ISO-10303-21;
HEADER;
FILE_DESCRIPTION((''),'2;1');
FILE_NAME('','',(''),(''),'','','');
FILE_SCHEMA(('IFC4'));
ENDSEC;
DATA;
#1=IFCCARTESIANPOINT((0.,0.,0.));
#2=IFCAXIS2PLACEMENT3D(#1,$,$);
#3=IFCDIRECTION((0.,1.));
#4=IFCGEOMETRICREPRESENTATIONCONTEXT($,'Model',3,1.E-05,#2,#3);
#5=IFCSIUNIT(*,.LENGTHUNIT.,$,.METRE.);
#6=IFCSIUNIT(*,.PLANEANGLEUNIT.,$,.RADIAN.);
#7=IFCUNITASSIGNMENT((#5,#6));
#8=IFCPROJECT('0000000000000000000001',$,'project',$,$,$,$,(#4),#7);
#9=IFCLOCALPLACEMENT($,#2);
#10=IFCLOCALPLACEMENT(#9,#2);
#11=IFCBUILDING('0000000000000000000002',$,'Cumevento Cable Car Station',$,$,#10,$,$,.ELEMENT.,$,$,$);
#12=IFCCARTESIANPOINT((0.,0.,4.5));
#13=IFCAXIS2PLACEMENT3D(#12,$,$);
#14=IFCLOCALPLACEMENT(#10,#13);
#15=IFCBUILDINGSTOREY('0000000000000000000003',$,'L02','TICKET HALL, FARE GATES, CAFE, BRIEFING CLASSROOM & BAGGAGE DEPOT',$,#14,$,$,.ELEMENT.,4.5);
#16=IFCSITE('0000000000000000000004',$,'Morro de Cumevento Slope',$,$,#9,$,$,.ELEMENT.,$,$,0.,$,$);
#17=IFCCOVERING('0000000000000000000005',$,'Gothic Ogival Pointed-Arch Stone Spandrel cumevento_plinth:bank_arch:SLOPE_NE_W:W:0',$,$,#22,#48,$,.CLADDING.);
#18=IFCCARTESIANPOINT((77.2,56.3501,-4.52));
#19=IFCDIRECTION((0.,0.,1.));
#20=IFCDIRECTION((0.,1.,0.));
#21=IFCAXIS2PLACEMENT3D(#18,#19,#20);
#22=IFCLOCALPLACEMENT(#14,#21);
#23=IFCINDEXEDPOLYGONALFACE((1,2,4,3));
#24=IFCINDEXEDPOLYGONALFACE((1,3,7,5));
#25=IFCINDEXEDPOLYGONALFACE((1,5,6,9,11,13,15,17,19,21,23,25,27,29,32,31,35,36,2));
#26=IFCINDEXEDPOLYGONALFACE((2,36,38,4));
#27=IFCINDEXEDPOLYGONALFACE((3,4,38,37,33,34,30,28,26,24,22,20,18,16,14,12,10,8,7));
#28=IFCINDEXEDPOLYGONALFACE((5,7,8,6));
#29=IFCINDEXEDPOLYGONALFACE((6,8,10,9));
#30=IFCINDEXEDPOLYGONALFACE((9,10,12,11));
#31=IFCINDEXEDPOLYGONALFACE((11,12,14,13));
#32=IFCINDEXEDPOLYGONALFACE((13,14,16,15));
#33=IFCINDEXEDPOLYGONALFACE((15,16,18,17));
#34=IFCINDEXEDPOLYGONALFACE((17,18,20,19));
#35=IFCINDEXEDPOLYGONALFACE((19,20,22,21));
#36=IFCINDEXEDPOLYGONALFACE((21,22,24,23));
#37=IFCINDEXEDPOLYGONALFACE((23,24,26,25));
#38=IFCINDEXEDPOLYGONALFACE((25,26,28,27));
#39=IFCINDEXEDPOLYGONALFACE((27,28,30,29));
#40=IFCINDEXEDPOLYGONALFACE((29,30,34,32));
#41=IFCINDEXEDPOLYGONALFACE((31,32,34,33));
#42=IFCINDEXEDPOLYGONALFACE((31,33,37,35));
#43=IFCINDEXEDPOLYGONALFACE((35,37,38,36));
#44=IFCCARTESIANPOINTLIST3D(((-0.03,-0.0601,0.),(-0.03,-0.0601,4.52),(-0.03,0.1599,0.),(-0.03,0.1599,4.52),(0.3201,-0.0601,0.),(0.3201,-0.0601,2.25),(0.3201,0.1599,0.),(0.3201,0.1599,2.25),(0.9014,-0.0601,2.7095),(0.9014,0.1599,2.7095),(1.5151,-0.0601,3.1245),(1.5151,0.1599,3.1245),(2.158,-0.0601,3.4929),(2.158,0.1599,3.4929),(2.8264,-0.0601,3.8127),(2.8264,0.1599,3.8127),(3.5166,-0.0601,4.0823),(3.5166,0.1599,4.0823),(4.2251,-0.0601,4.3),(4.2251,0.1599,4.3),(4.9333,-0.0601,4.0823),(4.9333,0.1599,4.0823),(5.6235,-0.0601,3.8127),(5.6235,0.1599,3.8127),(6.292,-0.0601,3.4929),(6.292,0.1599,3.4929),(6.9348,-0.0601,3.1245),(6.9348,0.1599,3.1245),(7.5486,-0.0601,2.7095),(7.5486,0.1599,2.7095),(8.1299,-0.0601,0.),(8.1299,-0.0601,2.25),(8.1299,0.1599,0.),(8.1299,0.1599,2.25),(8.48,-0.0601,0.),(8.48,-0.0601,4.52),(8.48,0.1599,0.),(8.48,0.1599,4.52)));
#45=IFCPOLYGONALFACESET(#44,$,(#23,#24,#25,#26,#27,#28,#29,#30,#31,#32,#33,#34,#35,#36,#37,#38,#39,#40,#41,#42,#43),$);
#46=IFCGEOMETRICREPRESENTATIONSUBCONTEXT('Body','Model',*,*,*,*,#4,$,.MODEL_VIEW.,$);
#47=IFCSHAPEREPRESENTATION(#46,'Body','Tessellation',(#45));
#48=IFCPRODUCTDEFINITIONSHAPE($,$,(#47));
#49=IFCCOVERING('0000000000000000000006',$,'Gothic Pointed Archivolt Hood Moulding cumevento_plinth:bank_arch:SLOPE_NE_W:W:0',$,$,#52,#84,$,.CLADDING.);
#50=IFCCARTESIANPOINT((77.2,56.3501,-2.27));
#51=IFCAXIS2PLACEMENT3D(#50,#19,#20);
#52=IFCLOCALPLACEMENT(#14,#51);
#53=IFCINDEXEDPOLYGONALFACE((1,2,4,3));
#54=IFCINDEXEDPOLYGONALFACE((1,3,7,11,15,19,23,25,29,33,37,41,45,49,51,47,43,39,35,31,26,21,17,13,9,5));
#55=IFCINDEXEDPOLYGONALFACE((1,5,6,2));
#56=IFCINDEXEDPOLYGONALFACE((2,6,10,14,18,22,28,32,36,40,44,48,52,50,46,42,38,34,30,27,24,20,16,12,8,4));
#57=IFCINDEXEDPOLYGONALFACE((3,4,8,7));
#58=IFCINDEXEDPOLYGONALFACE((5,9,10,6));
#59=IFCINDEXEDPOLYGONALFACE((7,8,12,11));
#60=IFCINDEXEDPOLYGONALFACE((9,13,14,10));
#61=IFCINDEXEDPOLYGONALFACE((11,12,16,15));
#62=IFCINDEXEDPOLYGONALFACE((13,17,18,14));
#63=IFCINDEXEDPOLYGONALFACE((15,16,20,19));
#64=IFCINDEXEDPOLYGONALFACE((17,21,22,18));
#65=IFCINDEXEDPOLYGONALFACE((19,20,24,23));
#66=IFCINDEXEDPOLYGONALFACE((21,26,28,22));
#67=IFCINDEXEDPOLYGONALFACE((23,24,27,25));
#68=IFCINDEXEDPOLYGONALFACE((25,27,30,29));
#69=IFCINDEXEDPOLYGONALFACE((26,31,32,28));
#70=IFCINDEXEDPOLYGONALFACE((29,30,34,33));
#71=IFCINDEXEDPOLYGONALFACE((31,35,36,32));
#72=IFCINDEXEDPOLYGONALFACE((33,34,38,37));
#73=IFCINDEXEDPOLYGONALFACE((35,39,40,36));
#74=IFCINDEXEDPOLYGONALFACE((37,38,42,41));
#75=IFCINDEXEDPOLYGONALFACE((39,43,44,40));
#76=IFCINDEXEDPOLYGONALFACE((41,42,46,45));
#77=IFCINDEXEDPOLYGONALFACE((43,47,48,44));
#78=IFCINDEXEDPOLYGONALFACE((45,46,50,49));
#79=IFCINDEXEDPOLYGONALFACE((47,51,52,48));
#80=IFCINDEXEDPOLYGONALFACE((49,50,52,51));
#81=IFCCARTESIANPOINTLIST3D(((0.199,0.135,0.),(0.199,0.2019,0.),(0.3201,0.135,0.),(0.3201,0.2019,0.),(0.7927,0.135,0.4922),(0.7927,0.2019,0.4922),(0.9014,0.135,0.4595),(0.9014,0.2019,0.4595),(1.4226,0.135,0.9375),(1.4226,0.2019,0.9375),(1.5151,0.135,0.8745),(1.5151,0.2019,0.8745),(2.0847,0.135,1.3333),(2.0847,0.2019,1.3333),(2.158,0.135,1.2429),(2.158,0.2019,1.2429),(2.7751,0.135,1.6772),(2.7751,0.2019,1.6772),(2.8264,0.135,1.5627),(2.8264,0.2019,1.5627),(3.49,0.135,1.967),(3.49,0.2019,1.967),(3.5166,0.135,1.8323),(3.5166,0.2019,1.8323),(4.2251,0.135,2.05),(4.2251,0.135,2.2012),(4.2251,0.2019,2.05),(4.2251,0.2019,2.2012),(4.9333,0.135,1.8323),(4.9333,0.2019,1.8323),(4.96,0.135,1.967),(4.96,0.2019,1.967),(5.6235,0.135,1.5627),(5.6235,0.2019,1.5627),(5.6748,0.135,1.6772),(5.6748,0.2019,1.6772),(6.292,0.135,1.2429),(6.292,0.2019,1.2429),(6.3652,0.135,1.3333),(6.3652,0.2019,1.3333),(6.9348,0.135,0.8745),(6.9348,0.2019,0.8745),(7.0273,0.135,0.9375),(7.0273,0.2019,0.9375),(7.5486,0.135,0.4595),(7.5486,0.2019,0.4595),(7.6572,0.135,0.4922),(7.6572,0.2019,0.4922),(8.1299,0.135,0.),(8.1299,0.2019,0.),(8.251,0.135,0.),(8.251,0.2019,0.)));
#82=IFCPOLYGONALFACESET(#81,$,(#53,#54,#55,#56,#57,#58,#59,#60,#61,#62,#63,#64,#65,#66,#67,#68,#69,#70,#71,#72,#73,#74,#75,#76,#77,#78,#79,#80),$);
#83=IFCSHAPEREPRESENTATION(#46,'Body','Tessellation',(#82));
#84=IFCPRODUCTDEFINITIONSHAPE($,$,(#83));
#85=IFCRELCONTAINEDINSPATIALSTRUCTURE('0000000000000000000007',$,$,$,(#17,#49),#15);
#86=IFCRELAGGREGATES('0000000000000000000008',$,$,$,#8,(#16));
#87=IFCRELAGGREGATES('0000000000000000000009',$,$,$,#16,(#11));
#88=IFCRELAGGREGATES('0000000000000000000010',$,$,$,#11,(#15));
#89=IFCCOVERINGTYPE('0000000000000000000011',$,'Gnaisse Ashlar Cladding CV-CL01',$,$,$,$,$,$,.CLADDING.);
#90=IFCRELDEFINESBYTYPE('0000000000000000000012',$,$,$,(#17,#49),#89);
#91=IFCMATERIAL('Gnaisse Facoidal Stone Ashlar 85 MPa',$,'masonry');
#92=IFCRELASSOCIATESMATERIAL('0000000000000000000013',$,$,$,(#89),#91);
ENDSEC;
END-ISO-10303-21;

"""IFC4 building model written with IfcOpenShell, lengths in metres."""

from ifc_helpers import new_model, si_unit, direction, frame, origin, place, context, subcontext, project, spatial, polyline, outline, extrude, material, type_object, element, save


model = new_model("IFC4")

# Units and contexts
model_context = context("Model", 3, precision=1e-05, world=origin(), true_north=direction((0.0, 1.0)))
body_context = subcontext(model_context, "Body", "Model", "MODEL_VIEW")
ifc_project = project(units=[si_unit("LENGTHUNIT", "METRE"), si_unit("PLANEANGLEUNIT", "RADIAN")], contexts=[model_context])

# Site, building, storey
site_placement = place(None, origin())
site = spatial("IfcSite", under=ifc_project, at=site_placement, Name="Morro de Cumevento Slope", CompositionType="ELEMENT", RefElevation=0.0)
building_placement = place(site_placement, origin())
building = spatial("IfcBuilding", under=site, at=building_placement, Name="Cumevento Cable Car Station", CompositionType="ELEMENT")
storey_placement = place(building_placement, frame((0.0, 0.0, 4.5)))
storey = spatial("IfcBuildingStorey", under=building, at=storey_placement, Name="L02", Description="TICKET HALL, FARE GATES, CAFE, BRIEFING CLASSROOM & BAGGAGE DEPOT", CompositionType="ELEMENT", Elevation=4.5)

# Coverings
ifc_material_1 = material(Name="Gnaisse Facoidal Stone Ashlar 85 MPa", Category="masonry")
covering_type = type_object("IfcCoveringType", Name="Gnaisse Ashlar Cladding CV-CL01", PredefinedType="CLADDING", material=ifc_material_1)
covering_1_placement = place(storey_placement, frame((77.2, 56.3501, -4.52), z_axis=(0.0, 0.0, 1.0), x_axis=(0.0, 1.0, 0.0)))
element("IfcCovering", 1, at=covering_1_placement, inside=storey, type_object=covering_type, Name="Gothic Ogival Pointed-Arch Stone Spandrel cumevento_plinth:bank_arch:SLOPE_NE_W:W:0", PredefinedType="CLADDING", context=body_context, shape_type="SweptSolid", body=[
    extrude(outline(polyline([(-0.03, 0.0), (-0.03, 4.52), (8.48, 4.52), (8.48, 0.0), (8.1299, 0.0), (8.1299, 2.25), (7.5486, 2.7095), (6.9348, 3.1245), (6.292, 3.4929), (5.6235, 3.8127), (4.9333, 4.0823), (4.2251, 4.3), (3.5166, 4.0823), (2.8264, 3.8127), (2.158, 3.4929), (1.5151, 3.1245), (0.9014, 2.7095), (0.3201, 2.25), (0.3201, 0.0), (-0.03, 0.0)])), frame((0.0, 0.1599, 0.0), z_axis=(0.0, -1.0, 0.0), x_axis=(1.0, 0.0, 0.0)), (0.0, 0.0, 1.0), 0.22),
])
covering_2_placement = place(storey_placement, frame((77.2, 56.3501, -2.27), z_axis=(0.0, 0.0, 1.0), x_axis=(0.0, 1.0, 0.0)))
element("IfcCovering", 2, at=covering_2_placement, inside=storey, type_object=covering_type, Name="Gothic Pointed Archivolt Hood Moulding cumevento_plinth:bank_arch:SLOPE_NE_W:W:0", PredefinedType="CLADDING", context=body_context, shape_type="SweptSolid", body=[
    extrude(outline(polyline([(0.3201, 0.0), (0.9014, 0.4595), (1.5151, 0.8745), (2.158, 1.2429), (2.8264, 1.5627), (3.5166, 1.8323), (4.2251, 2.05), (4.9333, 1.8323), (5.6235, 1.5627), (6.292, 1.2429), (6.9348, 0.8745), (7.5486, 0.4595), (8.1299, 0.0), (8.251, 0.0), (7.6572, 0.4922), (7.0273, 0.9375), (6.3652, 1.3333), (5.6748, 1.6772), (4.96, 1.967), (4.2251, 2.2012), (3.49, 1.967), (2.7751, 1.6772), (2.0847, 1.3333), (1.4226, 0.9375), (0.7927, 0.4922), (0.199, 0.0), (0.3201, 0.0)])), frame((0.0, 0.2019, 0.0), z_axis=(0.0, -1.0, 0.0), x_axis=(1.0, 0.0, 0.0)), (0.0, 0.0, 1.0), 0.0669),
])

save(model, "model.ifc")
